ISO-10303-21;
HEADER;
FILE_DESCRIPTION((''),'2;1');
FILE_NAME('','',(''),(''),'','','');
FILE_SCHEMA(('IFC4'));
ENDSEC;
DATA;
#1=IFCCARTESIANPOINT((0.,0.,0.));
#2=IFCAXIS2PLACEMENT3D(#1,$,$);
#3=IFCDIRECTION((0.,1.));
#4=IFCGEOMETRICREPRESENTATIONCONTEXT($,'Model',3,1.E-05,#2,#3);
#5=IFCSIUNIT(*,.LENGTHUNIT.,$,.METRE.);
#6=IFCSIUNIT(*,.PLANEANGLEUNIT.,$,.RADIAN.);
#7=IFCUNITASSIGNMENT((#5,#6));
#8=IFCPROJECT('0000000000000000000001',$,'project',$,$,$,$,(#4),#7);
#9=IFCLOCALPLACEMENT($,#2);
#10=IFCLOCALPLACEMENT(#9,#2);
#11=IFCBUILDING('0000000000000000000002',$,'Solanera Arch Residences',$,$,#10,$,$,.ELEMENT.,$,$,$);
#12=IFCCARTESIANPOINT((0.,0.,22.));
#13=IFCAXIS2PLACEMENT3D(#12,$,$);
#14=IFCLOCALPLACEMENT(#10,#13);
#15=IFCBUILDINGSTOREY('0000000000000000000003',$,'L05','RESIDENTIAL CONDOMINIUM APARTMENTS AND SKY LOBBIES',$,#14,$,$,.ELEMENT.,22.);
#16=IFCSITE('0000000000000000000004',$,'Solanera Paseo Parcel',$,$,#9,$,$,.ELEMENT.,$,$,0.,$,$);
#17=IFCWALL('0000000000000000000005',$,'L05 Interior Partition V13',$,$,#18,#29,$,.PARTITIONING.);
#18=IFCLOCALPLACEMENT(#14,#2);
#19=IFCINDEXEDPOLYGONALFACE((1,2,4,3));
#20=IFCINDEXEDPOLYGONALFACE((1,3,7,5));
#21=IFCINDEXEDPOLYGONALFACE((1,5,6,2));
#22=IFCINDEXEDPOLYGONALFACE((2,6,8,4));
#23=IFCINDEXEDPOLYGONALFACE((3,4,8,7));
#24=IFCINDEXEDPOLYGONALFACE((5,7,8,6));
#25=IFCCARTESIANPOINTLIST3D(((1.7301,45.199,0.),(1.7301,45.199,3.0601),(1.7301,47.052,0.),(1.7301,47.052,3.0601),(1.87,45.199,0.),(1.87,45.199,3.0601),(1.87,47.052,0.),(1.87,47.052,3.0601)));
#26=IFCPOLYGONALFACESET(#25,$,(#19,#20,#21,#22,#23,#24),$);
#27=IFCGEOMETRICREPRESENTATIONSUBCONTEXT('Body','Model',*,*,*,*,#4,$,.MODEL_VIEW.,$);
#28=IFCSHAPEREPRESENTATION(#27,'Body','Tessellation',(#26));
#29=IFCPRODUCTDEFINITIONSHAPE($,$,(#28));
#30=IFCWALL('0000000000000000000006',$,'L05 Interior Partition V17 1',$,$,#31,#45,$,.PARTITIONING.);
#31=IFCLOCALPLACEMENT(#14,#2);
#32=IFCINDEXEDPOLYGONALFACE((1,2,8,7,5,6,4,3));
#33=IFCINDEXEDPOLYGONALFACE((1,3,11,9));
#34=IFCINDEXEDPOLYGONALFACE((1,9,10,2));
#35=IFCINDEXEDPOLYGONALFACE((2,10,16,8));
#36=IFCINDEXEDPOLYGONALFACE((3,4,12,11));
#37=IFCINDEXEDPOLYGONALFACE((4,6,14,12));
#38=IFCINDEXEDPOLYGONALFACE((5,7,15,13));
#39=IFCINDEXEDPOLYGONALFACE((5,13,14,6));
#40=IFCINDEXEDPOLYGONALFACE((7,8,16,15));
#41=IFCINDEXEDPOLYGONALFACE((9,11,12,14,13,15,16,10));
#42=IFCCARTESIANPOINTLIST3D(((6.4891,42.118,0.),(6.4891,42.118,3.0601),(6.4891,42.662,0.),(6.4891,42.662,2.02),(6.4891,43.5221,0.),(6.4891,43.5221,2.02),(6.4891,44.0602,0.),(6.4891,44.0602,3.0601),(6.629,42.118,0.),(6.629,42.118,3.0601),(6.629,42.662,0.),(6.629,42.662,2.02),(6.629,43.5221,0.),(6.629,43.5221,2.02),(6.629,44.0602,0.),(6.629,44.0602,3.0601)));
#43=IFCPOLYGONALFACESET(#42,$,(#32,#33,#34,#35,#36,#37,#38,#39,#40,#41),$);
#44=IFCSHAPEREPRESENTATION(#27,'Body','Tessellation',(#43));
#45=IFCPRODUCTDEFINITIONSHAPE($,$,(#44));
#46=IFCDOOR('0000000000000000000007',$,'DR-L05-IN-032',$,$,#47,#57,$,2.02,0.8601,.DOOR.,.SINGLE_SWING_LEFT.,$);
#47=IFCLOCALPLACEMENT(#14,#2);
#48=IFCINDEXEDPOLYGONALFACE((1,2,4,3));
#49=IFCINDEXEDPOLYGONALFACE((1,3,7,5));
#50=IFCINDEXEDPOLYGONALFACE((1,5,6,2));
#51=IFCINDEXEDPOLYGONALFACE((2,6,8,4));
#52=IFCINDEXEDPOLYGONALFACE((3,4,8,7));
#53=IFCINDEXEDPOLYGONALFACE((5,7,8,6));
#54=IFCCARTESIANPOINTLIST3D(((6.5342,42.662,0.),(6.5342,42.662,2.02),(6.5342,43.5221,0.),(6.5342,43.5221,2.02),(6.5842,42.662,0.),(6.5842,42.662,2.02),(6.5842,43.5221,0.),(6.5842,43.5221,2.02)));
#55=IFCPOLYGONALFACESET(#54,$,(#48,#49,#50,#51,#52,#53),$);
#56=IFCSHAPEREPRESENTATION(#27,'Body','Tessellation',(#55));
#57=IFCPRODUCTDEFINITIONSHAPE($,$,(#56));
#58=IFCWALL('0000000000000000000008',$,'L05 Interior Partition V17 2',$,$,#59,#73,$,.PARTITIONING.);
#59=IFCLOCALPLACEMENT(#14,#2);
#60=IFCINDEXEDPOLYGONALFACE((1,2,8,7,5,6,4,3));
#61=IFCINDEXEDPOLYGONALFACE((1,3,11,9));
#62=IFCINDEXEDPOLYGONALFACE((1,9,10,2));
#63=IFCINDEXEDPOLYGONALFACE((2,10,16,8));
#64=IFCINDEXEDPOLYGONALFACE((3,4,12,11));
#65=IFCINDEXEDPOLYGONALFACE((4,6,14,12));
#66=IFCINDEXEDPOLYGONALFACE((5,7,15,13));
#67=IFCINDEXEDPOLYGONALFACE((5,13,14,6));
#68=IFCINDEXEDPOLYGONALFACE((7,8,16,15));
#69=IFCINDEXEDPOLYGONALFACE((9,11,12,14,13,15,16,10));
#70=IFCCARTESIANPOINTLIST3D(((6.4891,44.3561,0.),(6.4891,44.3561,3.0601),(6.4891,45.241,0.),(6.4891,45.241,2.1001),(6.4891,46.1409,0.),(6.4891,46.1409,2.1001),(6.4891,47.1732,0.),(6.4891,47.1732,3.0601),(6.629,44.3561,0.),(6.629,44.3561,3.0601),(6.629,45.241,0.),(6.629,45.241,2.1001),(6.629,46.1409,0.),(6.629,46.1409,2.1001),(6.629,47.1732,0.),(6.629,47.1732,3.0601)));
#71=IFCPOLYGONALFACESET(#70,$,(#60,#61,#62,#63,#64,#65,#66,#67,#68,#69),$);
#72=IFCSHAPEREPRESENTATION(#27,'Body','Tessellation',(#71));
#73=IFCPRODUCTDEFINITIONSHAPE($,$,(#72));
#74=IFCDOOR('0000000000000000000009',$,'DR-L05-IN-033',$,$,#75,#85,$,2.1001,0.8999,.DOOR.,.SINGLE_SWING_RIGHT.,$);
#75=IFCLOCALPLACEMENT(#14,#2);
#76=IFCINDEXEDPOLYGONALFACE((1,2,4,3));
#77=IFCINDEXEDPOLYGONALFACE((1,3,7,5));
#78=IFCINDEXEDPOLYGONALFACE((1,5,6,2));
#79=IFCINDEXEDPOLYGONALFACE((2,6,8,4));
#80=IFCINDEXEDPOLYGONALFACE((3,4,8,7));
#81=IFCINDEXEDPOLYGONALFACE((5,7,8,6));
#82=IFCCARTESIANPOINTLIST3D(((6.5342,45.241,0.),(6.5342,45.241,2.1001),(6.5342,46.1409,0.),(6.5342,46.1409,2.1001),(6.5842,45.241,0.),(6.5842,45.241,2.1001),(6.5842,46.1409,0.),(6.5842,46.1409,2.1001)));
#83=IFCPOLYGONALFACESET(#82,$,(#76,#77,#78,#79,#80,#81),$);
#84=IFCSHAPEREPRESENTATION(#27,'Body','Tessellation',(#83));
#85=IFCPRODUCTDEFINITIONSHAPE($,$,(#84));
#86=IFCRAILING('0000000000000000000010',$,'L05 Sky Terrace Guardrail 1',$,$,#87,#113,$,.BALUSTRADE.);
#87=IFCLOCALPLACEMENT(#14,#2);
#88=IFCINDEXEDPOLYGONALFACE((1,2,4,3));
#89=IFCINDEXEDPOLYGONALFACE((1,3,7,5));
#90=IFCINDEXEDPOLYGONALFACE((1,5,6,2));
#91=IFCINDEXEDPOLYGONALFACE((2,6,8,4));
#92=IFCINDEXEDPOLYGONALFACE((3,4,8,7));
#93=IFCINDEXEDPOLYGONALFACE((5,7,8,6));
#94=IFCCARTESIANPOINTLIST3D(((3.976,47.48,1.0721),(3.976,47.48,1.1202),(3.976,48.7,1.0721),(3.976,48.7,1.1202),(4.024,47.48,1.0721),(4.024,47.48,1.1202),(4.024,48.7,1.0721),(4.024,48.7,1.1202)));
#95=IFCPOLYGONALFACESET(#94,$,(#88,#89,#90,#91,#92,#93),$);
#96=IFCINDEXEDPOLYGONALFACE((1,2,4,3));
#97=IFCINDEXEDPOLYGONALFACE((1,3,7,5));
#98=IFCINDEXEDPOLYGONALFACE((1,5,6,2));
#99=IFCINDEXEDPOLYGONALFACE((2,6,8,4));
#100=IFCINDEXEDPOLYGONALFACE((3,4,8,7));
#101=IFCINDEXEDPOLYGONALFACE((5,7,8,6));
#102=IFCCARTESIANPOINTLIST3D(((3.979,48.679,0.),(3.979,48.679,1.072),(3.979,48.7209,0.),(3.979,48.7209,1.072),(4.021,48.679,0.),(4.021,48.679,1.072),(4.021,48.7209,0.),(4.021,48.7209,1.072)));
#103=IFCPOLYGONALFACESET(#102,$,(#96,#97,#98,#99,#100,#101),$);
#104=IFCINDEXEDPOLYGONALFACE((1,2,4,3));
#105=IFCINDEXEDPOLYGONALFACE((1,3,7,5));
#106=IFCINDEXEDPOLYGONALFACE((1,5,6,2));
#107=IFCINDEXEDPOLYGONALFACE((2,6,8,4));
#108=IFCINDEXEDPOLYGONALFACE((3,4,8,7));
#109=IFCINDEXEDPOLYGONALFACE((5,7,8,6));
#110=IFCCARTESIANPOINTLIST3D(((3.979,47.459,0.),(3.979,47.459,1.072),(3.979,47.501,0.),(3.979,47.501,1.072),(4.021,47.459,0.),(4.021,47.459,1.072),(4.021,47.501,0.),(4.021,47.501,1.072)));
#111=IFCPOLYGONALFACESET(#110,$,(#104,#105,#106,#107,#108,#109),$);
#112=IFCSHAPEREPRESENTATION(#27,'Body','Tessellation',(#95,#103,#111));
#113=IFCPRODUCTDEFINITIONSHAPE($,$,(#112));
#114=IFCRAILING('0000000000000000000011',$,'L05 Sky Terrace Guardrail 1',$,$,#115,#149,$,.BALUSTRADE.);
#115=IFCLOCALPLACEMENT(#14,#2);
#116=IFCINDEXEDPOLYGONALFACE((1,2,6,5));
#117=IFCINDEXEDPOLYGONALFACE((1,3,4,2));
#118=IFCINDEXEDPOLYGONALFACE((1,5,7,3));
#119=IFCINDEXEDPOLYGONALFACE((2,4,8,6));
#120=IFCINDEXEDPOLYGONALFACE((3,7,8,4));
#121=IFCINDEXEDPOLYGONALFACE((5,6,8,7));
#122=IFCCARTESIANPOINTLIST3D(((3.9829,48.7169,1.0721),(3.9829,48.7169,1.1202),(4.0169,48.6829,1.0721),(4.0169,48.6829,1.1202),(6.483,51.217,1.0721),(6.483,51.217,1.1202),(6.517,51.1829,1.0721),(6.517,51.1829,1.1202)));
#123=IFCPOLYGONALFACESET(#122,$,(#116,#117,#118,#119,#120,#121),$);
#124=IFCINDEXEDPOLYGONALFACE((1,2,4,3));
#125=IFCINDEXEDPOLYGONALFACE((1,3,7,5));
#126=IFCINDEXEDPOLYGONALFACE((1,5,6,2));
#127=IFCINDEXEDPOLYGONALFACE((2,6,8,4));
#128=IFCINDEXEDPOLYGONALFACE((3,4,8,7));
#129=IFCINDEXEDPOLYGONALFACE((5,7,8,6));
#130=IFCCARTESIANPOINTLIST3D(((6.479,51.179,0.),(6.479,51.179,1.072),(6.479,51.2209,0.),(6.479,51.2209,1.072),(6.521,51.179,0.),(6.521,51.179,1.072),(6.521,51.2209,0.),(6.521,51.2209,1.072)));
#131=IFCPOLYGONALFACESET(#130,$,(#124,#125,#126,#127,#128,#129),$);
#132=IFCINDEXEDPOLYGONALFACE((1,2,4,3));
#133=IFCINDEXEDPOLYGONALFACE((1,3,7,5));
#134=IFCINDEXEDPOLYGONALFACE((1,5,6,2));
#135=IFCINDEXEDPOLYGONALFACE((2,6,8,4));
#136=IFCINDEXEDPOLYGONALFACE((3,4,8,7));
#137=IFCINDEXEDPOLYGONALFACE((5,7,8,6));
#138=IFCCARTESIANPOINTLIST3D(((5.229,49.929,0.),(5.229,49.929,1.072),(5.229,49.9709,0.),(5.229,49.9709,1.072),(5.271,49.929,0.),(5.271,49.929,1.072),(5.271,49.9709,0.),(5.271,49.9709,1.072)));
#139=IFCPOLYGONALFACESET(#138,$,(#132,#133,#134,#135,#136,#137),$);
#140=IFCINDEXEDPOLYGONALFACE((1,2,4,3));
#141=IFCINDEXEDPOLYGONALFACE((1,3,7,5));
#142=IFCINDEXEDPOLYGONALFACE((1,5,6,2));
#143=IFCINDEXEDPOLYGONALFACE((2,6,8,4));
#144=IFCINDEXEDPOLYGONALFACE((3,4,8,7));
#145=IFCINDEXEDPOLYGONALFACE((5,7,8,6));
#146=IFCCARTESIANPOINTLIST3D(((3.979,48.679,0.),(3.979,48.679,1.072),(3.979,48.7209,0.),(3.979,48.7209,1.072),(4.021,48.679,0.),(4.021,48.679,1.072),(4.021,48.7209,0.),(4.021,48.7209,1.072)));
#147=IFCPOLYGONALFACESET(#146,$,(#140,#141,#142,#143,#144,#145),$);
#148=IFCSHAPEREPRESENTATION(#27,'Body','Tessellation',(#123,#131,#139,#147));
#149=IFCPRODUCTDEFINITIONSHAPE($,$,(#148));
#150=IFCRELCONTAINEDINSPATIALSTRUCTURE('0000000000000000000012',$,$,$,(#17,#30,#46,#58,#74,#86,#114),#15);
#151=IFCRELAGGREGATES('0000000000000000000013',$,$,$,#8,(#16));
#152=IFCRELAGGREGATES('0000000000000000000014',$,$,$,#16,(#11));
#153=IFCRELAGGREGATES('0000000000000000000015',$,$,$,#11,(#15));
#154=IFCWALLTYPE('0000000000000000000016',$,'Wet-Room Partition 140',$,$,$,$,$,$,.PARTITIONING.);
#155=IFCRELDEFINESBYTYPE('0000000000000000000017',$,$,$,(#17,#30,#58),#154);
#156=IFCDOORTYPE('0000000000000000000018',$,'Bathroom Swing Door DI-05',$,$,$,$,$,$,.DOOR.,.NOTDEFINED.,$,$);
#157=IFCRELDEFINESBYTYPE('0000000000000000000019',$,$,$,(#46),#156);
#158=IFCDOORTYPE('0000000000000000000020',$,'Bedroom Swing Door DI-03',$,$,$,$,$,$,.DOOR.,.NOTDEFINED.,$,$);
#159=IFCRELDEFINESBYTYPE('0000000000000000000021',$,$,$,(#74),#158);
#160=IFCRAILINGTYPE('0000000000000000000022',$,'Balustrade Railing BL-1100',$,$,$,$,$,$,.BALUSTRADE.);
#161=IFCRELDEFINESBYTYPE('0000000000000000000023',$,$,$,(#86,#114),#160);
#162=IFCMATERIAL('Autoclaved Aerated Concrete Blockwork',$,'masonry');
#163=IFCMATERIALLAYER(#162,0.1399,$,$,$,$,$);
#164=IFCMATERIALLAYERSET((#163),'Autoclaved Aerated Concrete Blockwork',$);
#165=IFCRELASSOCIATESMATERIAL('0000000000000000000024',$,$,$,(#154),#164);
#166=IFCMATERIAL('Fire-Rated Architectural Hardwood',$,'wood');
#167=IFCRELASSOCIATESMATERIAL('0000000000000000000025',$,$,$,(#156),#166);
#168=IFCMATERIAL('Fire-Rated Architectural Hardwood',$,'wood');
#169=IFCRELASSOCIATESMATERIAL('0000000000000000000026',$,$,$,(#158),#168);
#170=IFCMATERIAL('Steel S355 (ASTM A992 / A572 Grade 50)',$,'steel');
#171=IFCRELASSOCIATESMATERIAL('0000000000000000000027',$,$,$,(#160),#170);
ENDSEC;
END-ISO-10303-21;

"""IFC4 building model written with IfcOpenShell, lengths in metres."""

from ifc_helpers import new_model, si_unit, direction, frame, frame_2d, origin, origin_2d, place, context, subcontext, project, spatial, rectangle, extrude, material, layer, layer_set, type_object, element, fill, save


model = new_model("IFC4")

# Units and contexts
model_context = context("Model", 3, precision=1e-05, world=origin(), true_north=direction((0.0, 1.0)))
body_context = subcontext(model_context, "Body", "Model", "MODEL_VIEW")
ifc_project = project(units=[si_unit("LENGTHUNIT", "METRE"), si_unit("PLANEANGLEUNIT", "RADIAN")], contexts=[model_context])

# Site, building, storey
site_placement = place(None, origin())
site = spatial("IfcSite", under=ifc_project, at=site_placement, Name="Solanera Paseo Parcel", CompositionType="ELEMENT", RefElevation=0.0)
building_placement = place(site_placement, origin())
building = spatial("IfcBuilding", under=site, at=building_placement, Name="Solanera Arch Residences", CompositionType="ELEMENT")
storey_placement = place(building_placement, frame((0.0, 0.0, 22.0)))
storey = spatial("IfcBuildingStorey", under=building, at=storey_placement, Name="L05", Description="RESIDENTIAL CONDOMINIUM APARTMENTS AND SKY LOBBIES", CompositionType="ELEMENT", Elevation=22.0)

# Wall
ifc_material_1 = material(Name="Autoclaved Aerated Concrete Blockwork", Category="masonry")
ifc_layer_1 = layer(ifc_material_1, 0.1399)
ifc_layer_set_1 = layer_set([ifc_layer_1], Name="Autoclaved Aerated Concrete Blockwork")
wall_type_1 = type_object("IfcWallType", Name="Wet-Room Partition 140", PredefinedType="PARTITIONING", material=ifc_layer_set_1)
wall_1_placement = place(storey_placement, frame((1.8, 45.199, 0.0), z_axis=(0.0, 0.0, 1.0), x_axis=(0.0, 1.0, 0.0)))
element("IfcWall", 1, at=wall_1_placement, inside=storey, type_object=wall_type_1, Name="L05 Interior Partition V13", PredefinedType="PARTITIONING", context=body_context, shape_type="SweptSolid", body=[
    extrude(rectangle(XDim=1.853, YDim=0.1399, at=frame_2d((0.9265, 0.0))), origin(), (0.0, 0.0, 1.0), 3.0601),
])

# Walls, openings, doors
wall_2_placement = place(storey_placement, frame((6.5591, 42.1179, 0.0), z_axis=(0.0, 0.0, 1.0), x_axis=(0.0, 1.0, 0.0)))
wall_2 = element("IfcWall", 2, at=wall_2_placement, inside=storey, type_object=wall_type_1, Name="L05 Interior Partition V17 1", PredefinedType="PARTITIONING", context=body_context, shape_type="SweptSolid", body=[
    extrude(rectangle(XDim=1.9421, YDim=0.1399, at=frame_2d((0.9712, 0.0))), origin(), (0.0, 0.0, 1.0), 3.0601),
])
opening_1_placement = place(wall_2_placement, frame((0.5439, 0.0, 0.0)))
opening_1 = element("IfcOpeningElement", 3, at=opening_1_placement, cuts=wall_2, PredefinedType="OPENING", context=body_context, shape_type="SweptSolid", body=[
    extrude(rectangle(XDim=0.8601, YDim=2.02, at=frame_2d((0.4302, 1.01))), frame((0.0, 0.0798, 0.0), z_axis=(0.0, -1.0, 0.0), x_axis=(1.0, 0.0, 0.0)), (0.0, 0.0, 1.0), 0.1599),
])
ifc_material_2 = material(Name="Fire-Rated Architectural Hardwood", Category="wood")
door_type_1 = type_object("IfcDoorType", Name="Bathroom Swing Door DI-05", OperationType="NOTDEFINED", PredefinedType="DOOR", material=ifc_material_2)
door_1_placement = place(opening_1_placement, origin())
door_1 = element("IfcDoor", 4, at=door_1_placement, inside=storey, type_object=door_type_1, Name="DR-L05-IN-032", OperationType="SINGLE_SWING_LEFT", OverallHeight=2.02, OverallWidth=0.8601, PredefinedType="DOOR", context=body_context, shape_type="SweptSolid", body=[
    extrude(rectangle(XDim=0.8601, YDim=2.02, at=frame_2d((0.4302, 1.01))), frame((0.0, 0.0249, 0.0), z_axis=(0.0, -1.0, 0.0), x_axis=(1.0, 0.0, 0.0)), (0.0, 0.0, 1.0), 0.05),
])
fill(opening_1, door_1)
wall_3_placement = place(storey_placement, frame((6.5591, 44.356, 0.0), z_axis=(0.0, 0.0, 1.0), x_axis=(0.0, 1.0, 0.0)))
wall_3 = element("IfcWall", 5, at=wall_3_placement, inside=storey, type_object=wall_type_1, Name="L05 Interior Partition V17 2", PredefinedType="PARTITIONING", context=body_context, shape_type="SweptSolid", body=[
    extrude(rectangle(XDim=2.8171, YDim=0.1399, at=frame_2d((1.4087, 0.0))), origin(), (0.0, 0.0, 1.0), 3.0601),
])
opening_2_placement = place(wall_3_placement, frame((0.885, 0.0, 0.0)))
opening_2 = element("IfcOpeningElement", 6, at=opening_2_placement, cuts=wall_3, PredefinedType="OPENING", context=body_context, shape_type="SweptSolid", body=[
    extrude(rectangle(XDim=0.8999, YDim=2.1001, at=frame_2d((0.45, 1.05))), frame((0.0, 0.0798, 0.0), z_axis=(0.0, -1.0, 0.0), x_axis=(1.0, 0.0, 0.0)), (0.0, 0.0, 1.0), 0.1599),
])
ifc_material_3 = material(Name="Fire-Rated Architectural Hardwood", Category="wood")
door_type_2 = type_object("IfcDoorType", Name="Bedroom Swing Door DI-03", OperationType="NOTDEFINED", PredefinedType="DOOR", material=ifc_material_3)
door_2_placement = place(opening_2_placement, origin())
door_2 = element("IfcDoor", 7, at=door_2_placement, inside=storey, type_object=door_type_2, Name="DR-L05-IN-033", OperationType="SINGLE_SWING_RIGHT", OverallHeight=2.1001, OverallWidth=0.8999, PredefinedType="DOOR", context=body_context, shape_type="SweptSolid", body=[
    extrude(rectangle(XDim=0.8999, YDim=2.1001, at=frame_2d((0.45, 1.05))), frame((0.0, 0.0249, 0.0), z_axis=(0.0, -1.0, 0.0), x_axis=(1.0, 0.0, 0.0)), (0.0, 0.0, 1.0), 0.05),
])
fill(opening_2, door_2)

# Railings
ifc_material_4 = material(Name="Steel S355 (ASTM A992 / A572 Grade 50)", Category="steel")
railing_type = type_object("IfcRailingType", Name="Balustrade Railing BL-1100", PredefinedType="BALUSTRADE", material=ifc_material_4)
railing_1_placement = place(storey_placement, frame((4.0, 48.7, 0.0)))
element("IfcRailing", 8, at=railing_1_placement, inside=storey, type_object=railing_type, Name="L05 Sky Terrace Guardrail 1", PredefinedType="BALUSTRADE", context=body_context, shape_type="SweptSolid", body=[
    extrude(rectangle(XDim=0.0481, YDim=0.0481, at=origin_2d()), frame((0.0, 0.0, 1.0962), z_axis=(0.0, -1.0, 0.0), x_axis=(1.0, 0.0, 0.0)), (0.0, 0.0, 1.0), 1.22),
    extrude(rectangle(XDim=0.042, YDim=0.042, at=origin_2d()), origin(), (0.0, 0.0, 1.0), 1.072),
    extrude(rectangle(XDim=0.042, YDim=0.042, at=origin_2d()), frame((0.0, -1.22, 0.0)), (0.0, 0.0, 1.0), 1.072),
])
railing_2_placement = place(storey_placement, frame((6.5, 51.2, 0.0)))
element("IfcRailing", 9, at=railing_2_placement, inside=storey, type_object=railing_type, Name="L05 Sky Terrace Guardrail 1", PredefinedType="BALUSTRADE", context=body_context, shape_type="SweptSolid", body=[
    extrude(rectangle(XDim=0.0481, YDim=0.0481, at=origin_2d()), frame((0.0, 0.0, 1.0962), z_axis=(-0.707107, -0.707107, 0.0), x_axis=(0.707107, -0.707107, 0.0)), (0.0, 0.0, 1.0), 3.5356),
    extrude(rectangle(XDim=0.042, YDim=0.042, at=origin_2d()), origin(), (0.0, 0.0, 1.0), 1.072),
    extrude(rectangle(XDim=0.042, YDim=0.042, at=origin_2d()), frame((-1.25, -1.25, 0.0)), (0.0, 0.0, 1.0), 1.072),
    extrude(rectangle(XDim=0.042, YDim=0.042, at=origin_2d()), frame((-2.5, -2.5, 0.0)), (0.0, 0.0, 1.0), 1.072),
])

save(model, "model.ifc")
